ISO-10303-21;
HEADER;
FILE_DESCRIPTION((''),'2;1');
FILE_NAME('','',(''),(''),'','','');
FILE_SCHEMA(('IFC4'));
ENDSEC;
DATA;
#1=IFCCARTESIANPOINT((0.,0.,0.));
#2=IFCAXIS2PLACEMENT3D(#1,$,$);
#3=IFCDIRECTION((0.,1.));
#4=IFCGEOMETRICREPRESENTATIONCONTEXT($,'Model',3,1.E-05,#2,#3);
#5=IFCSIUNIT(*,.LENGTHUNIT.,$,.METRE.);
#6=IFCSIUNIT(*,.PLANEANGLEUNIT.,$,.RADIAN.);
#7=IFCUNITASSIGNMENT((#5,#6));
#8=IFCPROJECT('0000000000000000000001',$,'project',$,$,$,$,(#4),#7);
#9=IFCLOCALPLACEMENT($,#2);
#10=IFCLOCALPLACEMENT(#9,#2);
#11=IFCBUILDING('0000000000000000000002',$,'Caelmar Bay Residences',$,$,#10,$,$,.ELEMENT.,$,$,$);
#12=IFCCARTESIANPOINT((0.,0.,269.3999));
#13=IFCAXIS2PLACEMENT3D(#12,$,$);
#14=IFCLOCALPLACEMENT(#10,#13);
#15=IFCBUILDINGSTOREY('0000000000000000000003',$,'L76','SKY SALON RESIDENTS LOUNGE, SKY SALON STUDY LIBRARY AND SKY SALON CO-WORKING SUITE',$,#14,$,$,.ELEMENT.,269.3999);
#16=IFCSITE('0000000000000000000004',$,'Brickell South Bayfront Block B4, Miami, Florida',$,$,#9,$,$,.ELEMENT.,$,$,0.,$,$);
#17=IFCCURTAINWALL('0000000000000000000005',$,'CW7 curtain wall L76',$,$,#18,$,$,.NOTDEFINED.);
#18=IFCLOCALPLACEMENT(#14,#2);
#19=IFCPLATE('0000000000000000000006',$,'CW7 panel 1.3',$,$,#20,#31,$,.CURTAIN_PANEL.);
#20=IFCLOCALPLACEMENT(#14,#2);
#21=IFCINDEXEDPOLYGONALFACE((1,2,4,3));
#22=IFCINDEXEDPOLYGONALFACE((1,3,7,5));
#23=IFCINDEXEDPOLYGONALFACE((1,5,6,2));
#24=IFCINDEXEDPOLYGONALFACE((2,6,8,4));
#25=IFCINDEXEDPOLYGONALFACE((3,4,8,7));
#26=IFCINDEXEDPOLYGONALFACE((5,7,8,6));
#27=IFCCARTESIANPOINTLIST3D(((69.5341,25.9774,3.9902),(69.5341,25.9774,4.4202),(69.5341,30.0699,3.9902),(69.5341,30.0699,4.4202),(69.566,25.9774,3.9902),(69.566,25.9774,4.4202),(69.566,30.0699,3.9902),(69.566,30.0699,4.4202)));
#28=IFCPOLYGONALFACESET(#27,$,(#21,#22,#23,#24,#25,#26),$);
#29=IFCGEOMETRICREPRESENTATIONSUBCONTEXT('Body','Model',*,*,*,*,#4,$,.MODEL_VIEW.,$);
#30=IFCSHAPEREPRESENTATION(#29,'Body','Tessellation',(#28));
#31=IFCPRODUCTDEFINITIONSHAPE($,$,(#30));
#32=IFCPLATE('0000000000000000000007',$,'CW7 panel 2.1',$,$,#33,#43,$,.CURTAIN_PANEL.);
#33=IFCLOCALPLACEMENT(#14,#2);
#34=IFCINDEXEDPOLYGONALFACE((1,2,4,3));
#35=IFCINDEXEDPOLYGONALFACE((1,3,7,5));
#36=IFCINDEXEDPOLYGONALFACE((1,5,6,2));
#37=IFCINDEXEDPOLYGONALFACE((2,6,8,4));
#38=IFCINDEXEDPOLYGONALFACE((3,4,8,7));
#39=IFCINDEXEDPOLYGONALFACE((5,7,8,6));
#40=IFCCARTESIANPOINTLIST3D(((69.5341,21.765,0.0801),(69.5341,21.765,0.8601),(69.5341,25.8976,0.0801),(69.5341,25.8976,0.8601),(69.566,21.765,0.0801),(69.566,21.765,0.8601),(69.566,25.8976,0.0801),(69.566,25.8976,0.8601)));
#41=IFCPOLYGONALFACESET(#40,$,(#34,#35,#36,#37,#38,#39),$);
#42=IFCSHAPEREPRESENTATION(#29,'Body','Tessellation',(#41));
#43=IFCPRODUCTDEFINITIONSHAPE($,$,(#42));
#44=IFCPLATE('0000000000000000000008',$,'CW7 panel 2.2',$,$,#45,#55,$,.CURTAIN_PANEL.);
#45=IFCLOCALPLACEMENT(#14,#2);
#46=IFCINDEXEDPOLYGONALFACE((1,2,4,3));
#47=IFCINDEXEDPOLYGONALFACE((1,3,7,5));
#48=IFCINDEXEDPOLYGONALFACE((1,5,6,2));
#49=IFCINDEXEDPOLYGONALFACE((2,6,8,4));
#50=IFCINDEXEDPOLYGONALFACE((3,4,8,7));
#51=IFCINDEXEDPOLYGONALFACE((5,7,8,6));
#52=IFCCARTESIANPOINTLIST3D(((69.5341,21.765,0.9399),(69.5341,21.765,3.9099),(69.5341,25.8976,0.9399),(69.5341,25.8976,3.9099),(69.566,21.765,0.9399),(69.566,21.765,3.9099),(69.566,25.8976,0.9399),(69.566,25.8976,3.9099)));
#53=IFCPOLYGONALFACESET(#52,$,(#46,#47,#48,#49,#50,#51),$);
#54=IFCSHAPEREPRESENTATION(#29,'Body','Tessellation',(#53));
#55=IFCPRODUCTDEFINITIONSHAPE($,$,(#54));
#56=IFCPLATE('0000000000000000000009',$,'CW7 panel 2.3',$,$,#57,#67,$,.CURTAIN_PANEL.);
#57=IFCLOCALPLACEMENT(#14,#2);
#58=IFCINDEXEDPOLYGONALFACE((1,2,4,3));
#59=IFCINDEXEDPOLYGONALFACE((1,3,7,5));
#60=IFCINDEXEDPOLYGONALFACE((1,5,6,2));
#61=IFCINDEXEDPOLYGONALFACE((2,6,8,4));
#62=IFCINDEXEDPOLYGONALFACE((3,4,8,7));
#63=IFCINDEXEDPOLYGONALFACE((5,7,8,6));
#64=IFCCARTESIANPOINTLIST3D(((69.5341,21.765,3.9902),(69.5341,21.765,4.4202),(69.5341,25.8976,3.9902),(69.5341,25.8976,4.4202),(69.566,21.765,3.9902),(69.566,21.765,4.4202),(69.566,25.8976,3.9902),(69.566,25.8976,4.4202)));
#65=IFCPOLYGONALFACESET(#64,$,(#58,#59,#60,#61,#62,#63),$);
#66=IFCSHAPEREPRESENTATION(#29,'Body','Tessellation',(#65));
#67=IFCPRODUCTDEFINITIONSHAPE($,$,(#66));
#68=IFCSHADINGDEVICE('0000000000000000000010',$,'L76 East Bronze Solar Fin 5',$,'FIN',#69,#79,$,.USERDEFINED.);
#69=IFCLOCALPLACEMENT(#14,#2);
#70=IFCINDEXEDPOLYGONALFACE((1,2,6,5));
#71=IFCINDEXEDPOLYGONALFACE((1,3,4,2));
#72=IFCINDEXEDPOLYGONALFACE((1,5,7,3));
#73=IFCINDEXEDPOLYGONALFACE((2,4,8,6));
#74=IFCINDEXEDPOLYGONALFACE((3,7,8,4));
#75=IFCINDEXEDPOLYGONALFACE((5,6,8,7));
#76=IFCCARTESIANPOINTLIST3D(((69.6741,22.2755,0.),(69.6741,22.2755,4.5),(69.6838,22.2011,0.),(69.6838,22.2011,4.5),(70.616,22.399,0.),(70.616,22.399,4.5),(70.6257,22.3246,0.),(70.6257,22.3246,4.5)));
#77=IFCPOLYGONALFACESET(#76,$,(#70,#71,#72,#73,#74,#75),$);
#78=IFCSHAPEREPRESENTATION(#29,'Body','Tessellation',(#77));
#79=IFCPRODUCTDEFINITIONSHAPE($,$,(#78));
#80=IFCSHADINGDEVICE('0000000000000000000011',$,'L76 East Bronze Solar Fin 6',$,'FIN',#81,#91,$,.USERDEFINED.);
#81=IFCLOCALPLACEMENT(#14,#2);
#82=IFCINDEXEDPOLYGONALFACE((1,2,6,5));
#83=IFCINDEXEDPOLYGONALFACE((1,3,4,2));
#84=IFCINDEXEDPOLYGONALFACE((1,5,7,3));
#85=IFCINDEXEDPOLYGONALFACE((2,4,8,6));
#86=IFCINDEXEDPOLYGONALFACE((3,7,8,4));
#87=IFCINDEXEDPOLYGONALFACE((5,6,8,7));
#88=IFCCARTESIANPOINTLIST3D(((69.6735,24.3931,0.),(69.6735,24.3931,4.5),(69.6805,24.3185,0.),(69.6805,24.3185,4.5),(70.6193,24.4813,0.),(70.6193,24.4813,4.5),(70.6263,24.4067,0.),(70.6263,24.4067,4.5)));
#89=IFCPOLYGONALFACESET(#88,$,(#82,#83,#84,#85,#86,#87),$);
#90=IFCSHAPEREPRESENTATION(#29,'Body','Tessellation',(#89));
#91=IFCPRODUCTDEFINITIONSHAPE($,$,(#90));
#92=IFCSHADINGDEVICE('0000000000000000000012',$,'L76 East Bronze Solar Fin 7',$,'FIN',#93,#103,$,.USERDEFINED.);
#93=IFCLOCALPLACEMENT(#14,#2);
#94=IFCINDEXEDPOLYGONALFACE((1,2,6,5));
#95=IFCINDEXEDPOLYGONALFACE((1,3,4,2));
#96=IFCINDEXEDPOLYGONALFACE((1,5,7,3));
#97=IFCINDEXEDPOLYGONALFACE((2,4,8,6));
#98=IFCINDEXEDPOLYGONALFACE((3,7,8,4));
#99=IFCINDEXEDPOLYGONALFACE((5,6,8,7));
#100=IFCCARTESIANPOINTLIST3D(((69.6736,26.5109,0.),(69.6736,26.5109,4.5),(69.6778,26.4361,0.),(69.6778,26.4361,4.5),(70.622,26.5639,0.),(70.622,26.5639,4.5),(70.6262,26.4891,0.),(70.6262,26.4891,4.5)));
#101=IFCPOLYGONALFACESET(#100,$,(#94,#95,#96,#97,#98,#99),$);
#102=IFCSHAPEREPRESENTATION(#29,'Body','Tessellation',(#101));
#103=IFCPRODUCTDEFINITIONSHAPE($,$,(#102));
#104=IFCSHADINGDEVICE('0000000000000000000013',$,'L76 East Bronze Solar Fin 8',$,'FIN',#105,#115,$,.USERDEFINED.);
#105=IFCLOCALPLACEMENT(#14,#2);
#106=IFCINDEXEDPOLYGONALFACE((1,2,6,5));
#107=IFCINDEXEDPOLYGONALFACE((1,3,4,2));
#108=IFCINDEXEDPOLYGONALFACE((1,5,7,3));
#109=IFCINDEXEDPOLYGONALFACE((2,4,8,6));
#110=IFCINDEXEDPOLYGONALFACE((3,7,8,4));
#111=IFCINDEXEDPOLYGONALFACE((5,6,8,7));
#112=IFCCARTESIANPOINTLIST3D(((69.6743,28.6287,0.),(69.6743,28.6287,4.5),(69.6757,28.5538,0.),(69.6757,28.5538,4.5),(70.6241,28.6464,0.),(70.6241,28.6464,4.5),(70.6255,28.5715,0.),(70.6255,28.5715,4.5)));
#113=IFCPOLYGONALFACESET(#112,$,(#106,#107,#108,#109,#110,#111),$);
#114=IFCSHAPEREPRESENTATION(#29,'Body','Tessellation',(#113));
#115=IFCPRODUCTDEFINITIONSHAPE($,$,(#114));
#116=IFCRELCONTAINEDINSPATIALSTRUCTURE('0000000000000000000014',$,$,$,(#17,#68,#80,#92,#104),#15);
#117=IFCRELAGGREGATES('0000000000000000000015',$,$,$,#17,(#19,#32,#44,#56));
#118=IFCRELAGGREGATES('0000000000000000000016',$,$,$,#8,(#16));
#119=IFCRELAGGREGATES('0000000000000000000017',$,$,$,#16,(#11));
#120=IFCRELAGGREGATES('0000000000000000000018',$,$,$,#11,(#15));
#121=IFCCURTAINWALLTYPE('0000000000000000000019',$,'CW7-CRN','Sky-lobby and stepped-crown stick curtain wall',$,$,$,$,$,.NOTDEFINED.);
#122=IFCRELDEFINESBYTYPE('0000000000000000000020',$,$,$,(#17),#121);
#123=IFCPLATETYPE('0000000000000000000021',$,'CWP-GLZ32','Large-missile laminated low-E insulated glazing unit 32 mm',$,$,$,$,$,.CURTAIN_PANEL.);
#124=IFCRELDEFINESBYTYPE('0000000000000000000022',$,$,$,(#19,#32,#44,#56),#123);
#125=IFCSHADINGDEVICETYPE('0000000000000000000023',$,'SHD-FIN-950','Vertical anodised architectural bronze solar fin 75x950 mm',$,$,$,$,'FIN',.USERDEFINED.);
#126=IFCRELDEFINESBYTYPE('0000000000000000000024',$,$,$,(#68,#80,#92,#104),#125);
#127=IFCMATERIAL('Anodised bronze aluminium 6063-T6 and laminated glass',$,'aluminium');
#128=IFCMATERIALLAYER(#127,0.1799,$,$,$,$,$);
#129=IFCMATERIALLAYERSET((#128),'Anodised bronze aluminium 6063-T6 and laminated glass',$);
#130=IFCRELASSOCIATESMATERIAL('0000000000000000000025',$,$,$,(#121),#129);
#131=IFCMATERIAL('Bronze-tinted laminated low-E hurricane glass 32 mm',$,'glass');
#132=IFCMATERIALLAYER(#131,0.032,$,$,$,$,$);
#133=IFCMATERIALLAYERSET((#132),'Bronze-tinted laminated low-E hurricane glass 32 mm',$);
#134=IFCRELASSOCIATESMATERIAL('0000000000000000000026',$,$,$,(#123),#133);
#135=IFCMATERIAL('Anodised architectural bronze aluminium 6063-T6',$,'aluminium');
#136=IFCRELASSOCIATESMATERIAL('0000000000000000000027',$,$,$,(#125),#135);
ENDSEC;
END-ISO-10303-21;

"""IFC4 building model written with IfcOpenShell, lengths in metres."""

from ifc_helpers import new_model, si_unit, direction, frame, origin, origin_2d, place, context, subcontext, project, spatial, rectangle, extrude, material, layer, layer_set, material_profile, profile_set, type_object, element, aggregate, save


model = new_model("IFC4")

# Units and contexts
model_context = context("Model", 3, precision=1e-05, world=origin(), true_north=direction((0.0, 1.0)))
body_context = subcontext(model_context, "Body", "Model", "MODEL_VIEW")
ifc_project = project(units=[si_unit("LENGTHUNIT", "METRE"), si_unit("PLANEANGLEUNIT", "RADIAN")], contexts=[model_context])

# Site, building, storey
site_placement = place(None, origin())
site = spatial("IfcSite", under=ifc_project, at=site_placement, Name="Brickell South Bayfront Block B4, Miami, Florida", CompositionType="ELEMENT", RefElevation=0.0)
building_placement = place(site_placement, origin())
building = spatial("IfcBuilding", under=site, at=building_placement, Name="Caelmar Bay Residences", CompositionType="ELEMENT")
storey_placement = place(building_placement, frame((0.0, 0.0, 269.3999)))
storey = spatial("IfcBuildingStorey", under=building, at=storey_placement, Name="L76", Description="SKY SALON RESIDENTS LOUNGE, SKY SALON STUDY LIBRARY AND SKY SALON CO-WORKING SUITE", CompositionType="ELEMENT", Elevation=269.3999)

# Curtain wall, plates
ifc_material_1 = material(Name="Anodised bronze aluminium 6063-T6 and laminated glass", Category="aluminium")
ifc_layer_1 = layer(ifc_material_1, 0.1799)
ifc_layer_set_1 = layer_set([ifc_layer_1], Name="Anodised bronze aluminium 6063-T6 and laminated glass")
curtain_wall_type = type_object("IfcCurtainWallType", Name="CW7-CRN", Description="Sky-lobby and stepped-crown stick curtain wall", PredefinedType="NOTDEFINED", material=ifc_layer_set_1)
curtain_wall_placement = place(storey_placement, origin())
curtain_wall = element("IfcCurtainWall", 1, at=curtain_wall_placement, inside=storey, type_object=curtain_wall_type, Name="CW7 curtain wall L76", PredefinedType="NOTDEFINED")
ifc_material_2 = material(Name="Bronze-tinted laminated low-E hurricane glass 32 mm", Category="glass")
ifc_layer_2 = layer(ifc_material_2, 0.032)
ifc_layer_set_2 = layer_set([ifc_layer_2], Name="Bronze-tinted laminated low-E hurricane glass 32 mm")
plate_type = type_object("IfcPlateType", Name="CWP-GLZ32", Description="Large-missile laminated low-E insulated glazing unit 32 mm", PredefinedType="CURTAIN_PANEL", material=ifc_layer_set_2)
plate_1_placement = place(storey_placement, frame((69.55, 28.0237, 3.9902), z_axis=(0.0, 0.0, 1.0), x_axis=(0.0, -1.0, 0.0)))
plate_1 = element("IfcPlate", 2, at=plate_1_placement, type_object=plate_type, Name="CW7 panel 1.3", PredefinedType="CURTAIN_PANEL", context=body_context, shape_type="SweptSolid", body=[
    extrude(rectangle(XDim=4.0925, YDim=0.032, at=origin_2d()), origin(), (0.0, 0.0, 1.0), 0.4299),
])
plate_2_placement = place(storey_placement, frame((69.55, 23.8313, 0.0801), z_axis=(0.0, 0.0, 1.0), x_axis=(0.0, -1.0, 0.0)))
plate_2 = element("IfcPlate", 3, at=plate_2_placement, type_object=plate_type, Name="CW7 panel 2.1", PredefinedType="CURTAIN_PANEL", context=body_context, shape_type="SweptSolid", body=[
    extrude(rectangle(XDim=4.1326, YDim=0.032, at=origin_2d()), origin(), (0.0, 0.0, 1.0), 0.78),
])
plate_3_placement = place(storey_placement, frame((69.55, 23.8313, 0.9399), z_axis=(0.0, 0.0, 1.0), x_axis=(0.0, -1.0, 0.0)))
plate_3 = element("IfcPlate", 4, at=plate_3_placement, type_object=plate_type, Name="CW7 panel 2.2", PredefinedType="CURTAIN_PANEL", context=body_context, shape_type="SweptSolid", body=[
    extrude(rectangle(XDim=4.1326, YDim=0.032, at=origin_2d()), origin(), (0.0, 0.0, 1.0), 2.97),
])
plate_4_placement = place(storey_placement, frame((69.55, 23.8313, 3.9902), z_axis=(0.0, 0.0, 1.0), x_axis=(0.0, -1.0, 0.0)))
plate_4 = element("IfcPlate", 5, at=plate_4_placement, type_object=plate_type, Name="CW7 panel 2.3", PredefinedType="CURTAIN_PANEL", context=body_context, shape_type="SweptSolid", body=[
    extrude(rectangle(XDim=4.1326, YDim=0.032, at=origin_2d()), origin(), (0.0, 0.0, 1.0), 0.4299),
])
aggregate(curtain_wall, [plate_1, plate_2, plate_3, plate_4])

# Shading devices
ifc_material_3 = material(Name="Anodised architectural bronze aluminium 6063-T6", Category="aluminium")
ifc_material_profile_1 = material_profile(ifc_material_3, rectangle(XDim=0.075, YDim=0.95, at=origin_2d()), Name="BRONZE-FIN-75X950")
ifc_profile_set_1 = profile_set([ifc_material_profile_1], Name="Anodised architectural bronze aluminium 6063-T6")
shading_device_type = type_object("IfcShadingDeviceType", Name="SHD-FIN-950", Description="Vertical anodised architectural bronze solar fin 75x950 mm", ElementType="FIN", PredefinedType="USERDEFINED", material=ifc_profile_set_1)
for number, where, z_axis, x_axis, name in (
    (6, (70.1499, 22.3, 0.0), (0.0, 0.0, 1.0), (-0.130007, 0.991513, 0.0), "L76 East Bronze Solar Fin 5"),
    (7, (70.1499, 24.3999, 0.0), (0.0, 0.0, 1.0), (-0.092892, 0.995676, 0.0), "L76 East Bronze Solar Fin 6"),
    (8, (70.1499, 26.5, 0.0), (0.0, 0.0, 1.0), (-0.055822, 0.998441, 0.0), "L76 East Bronze Solar Fin 7"),
    (9, (70.1499, 28.6001, 0.0), (0.0, 0.0, 1.0), (-0.018674, 0.999826, 0.0), "L76 East Bronze Solar Fin 8"),
):
    element("IfcShadingDevice", number, at=place(storey_placement, frame(where, z_axis=z_axis, x_axis=x_axis)), inside=storey, type_object=shading_device_type, Name=name, ObjectType="FIN", PredefinedType="USERDEFINED", context=body_context, shape_type="SweptSolid", body=[
        extrude(rectangle(XDim=0.075, YDim=0.95, at=origin_2d()), origin(), (0.0, 0.0, 1.0), 4.5),
    ])

save(model, "model.ifc")
